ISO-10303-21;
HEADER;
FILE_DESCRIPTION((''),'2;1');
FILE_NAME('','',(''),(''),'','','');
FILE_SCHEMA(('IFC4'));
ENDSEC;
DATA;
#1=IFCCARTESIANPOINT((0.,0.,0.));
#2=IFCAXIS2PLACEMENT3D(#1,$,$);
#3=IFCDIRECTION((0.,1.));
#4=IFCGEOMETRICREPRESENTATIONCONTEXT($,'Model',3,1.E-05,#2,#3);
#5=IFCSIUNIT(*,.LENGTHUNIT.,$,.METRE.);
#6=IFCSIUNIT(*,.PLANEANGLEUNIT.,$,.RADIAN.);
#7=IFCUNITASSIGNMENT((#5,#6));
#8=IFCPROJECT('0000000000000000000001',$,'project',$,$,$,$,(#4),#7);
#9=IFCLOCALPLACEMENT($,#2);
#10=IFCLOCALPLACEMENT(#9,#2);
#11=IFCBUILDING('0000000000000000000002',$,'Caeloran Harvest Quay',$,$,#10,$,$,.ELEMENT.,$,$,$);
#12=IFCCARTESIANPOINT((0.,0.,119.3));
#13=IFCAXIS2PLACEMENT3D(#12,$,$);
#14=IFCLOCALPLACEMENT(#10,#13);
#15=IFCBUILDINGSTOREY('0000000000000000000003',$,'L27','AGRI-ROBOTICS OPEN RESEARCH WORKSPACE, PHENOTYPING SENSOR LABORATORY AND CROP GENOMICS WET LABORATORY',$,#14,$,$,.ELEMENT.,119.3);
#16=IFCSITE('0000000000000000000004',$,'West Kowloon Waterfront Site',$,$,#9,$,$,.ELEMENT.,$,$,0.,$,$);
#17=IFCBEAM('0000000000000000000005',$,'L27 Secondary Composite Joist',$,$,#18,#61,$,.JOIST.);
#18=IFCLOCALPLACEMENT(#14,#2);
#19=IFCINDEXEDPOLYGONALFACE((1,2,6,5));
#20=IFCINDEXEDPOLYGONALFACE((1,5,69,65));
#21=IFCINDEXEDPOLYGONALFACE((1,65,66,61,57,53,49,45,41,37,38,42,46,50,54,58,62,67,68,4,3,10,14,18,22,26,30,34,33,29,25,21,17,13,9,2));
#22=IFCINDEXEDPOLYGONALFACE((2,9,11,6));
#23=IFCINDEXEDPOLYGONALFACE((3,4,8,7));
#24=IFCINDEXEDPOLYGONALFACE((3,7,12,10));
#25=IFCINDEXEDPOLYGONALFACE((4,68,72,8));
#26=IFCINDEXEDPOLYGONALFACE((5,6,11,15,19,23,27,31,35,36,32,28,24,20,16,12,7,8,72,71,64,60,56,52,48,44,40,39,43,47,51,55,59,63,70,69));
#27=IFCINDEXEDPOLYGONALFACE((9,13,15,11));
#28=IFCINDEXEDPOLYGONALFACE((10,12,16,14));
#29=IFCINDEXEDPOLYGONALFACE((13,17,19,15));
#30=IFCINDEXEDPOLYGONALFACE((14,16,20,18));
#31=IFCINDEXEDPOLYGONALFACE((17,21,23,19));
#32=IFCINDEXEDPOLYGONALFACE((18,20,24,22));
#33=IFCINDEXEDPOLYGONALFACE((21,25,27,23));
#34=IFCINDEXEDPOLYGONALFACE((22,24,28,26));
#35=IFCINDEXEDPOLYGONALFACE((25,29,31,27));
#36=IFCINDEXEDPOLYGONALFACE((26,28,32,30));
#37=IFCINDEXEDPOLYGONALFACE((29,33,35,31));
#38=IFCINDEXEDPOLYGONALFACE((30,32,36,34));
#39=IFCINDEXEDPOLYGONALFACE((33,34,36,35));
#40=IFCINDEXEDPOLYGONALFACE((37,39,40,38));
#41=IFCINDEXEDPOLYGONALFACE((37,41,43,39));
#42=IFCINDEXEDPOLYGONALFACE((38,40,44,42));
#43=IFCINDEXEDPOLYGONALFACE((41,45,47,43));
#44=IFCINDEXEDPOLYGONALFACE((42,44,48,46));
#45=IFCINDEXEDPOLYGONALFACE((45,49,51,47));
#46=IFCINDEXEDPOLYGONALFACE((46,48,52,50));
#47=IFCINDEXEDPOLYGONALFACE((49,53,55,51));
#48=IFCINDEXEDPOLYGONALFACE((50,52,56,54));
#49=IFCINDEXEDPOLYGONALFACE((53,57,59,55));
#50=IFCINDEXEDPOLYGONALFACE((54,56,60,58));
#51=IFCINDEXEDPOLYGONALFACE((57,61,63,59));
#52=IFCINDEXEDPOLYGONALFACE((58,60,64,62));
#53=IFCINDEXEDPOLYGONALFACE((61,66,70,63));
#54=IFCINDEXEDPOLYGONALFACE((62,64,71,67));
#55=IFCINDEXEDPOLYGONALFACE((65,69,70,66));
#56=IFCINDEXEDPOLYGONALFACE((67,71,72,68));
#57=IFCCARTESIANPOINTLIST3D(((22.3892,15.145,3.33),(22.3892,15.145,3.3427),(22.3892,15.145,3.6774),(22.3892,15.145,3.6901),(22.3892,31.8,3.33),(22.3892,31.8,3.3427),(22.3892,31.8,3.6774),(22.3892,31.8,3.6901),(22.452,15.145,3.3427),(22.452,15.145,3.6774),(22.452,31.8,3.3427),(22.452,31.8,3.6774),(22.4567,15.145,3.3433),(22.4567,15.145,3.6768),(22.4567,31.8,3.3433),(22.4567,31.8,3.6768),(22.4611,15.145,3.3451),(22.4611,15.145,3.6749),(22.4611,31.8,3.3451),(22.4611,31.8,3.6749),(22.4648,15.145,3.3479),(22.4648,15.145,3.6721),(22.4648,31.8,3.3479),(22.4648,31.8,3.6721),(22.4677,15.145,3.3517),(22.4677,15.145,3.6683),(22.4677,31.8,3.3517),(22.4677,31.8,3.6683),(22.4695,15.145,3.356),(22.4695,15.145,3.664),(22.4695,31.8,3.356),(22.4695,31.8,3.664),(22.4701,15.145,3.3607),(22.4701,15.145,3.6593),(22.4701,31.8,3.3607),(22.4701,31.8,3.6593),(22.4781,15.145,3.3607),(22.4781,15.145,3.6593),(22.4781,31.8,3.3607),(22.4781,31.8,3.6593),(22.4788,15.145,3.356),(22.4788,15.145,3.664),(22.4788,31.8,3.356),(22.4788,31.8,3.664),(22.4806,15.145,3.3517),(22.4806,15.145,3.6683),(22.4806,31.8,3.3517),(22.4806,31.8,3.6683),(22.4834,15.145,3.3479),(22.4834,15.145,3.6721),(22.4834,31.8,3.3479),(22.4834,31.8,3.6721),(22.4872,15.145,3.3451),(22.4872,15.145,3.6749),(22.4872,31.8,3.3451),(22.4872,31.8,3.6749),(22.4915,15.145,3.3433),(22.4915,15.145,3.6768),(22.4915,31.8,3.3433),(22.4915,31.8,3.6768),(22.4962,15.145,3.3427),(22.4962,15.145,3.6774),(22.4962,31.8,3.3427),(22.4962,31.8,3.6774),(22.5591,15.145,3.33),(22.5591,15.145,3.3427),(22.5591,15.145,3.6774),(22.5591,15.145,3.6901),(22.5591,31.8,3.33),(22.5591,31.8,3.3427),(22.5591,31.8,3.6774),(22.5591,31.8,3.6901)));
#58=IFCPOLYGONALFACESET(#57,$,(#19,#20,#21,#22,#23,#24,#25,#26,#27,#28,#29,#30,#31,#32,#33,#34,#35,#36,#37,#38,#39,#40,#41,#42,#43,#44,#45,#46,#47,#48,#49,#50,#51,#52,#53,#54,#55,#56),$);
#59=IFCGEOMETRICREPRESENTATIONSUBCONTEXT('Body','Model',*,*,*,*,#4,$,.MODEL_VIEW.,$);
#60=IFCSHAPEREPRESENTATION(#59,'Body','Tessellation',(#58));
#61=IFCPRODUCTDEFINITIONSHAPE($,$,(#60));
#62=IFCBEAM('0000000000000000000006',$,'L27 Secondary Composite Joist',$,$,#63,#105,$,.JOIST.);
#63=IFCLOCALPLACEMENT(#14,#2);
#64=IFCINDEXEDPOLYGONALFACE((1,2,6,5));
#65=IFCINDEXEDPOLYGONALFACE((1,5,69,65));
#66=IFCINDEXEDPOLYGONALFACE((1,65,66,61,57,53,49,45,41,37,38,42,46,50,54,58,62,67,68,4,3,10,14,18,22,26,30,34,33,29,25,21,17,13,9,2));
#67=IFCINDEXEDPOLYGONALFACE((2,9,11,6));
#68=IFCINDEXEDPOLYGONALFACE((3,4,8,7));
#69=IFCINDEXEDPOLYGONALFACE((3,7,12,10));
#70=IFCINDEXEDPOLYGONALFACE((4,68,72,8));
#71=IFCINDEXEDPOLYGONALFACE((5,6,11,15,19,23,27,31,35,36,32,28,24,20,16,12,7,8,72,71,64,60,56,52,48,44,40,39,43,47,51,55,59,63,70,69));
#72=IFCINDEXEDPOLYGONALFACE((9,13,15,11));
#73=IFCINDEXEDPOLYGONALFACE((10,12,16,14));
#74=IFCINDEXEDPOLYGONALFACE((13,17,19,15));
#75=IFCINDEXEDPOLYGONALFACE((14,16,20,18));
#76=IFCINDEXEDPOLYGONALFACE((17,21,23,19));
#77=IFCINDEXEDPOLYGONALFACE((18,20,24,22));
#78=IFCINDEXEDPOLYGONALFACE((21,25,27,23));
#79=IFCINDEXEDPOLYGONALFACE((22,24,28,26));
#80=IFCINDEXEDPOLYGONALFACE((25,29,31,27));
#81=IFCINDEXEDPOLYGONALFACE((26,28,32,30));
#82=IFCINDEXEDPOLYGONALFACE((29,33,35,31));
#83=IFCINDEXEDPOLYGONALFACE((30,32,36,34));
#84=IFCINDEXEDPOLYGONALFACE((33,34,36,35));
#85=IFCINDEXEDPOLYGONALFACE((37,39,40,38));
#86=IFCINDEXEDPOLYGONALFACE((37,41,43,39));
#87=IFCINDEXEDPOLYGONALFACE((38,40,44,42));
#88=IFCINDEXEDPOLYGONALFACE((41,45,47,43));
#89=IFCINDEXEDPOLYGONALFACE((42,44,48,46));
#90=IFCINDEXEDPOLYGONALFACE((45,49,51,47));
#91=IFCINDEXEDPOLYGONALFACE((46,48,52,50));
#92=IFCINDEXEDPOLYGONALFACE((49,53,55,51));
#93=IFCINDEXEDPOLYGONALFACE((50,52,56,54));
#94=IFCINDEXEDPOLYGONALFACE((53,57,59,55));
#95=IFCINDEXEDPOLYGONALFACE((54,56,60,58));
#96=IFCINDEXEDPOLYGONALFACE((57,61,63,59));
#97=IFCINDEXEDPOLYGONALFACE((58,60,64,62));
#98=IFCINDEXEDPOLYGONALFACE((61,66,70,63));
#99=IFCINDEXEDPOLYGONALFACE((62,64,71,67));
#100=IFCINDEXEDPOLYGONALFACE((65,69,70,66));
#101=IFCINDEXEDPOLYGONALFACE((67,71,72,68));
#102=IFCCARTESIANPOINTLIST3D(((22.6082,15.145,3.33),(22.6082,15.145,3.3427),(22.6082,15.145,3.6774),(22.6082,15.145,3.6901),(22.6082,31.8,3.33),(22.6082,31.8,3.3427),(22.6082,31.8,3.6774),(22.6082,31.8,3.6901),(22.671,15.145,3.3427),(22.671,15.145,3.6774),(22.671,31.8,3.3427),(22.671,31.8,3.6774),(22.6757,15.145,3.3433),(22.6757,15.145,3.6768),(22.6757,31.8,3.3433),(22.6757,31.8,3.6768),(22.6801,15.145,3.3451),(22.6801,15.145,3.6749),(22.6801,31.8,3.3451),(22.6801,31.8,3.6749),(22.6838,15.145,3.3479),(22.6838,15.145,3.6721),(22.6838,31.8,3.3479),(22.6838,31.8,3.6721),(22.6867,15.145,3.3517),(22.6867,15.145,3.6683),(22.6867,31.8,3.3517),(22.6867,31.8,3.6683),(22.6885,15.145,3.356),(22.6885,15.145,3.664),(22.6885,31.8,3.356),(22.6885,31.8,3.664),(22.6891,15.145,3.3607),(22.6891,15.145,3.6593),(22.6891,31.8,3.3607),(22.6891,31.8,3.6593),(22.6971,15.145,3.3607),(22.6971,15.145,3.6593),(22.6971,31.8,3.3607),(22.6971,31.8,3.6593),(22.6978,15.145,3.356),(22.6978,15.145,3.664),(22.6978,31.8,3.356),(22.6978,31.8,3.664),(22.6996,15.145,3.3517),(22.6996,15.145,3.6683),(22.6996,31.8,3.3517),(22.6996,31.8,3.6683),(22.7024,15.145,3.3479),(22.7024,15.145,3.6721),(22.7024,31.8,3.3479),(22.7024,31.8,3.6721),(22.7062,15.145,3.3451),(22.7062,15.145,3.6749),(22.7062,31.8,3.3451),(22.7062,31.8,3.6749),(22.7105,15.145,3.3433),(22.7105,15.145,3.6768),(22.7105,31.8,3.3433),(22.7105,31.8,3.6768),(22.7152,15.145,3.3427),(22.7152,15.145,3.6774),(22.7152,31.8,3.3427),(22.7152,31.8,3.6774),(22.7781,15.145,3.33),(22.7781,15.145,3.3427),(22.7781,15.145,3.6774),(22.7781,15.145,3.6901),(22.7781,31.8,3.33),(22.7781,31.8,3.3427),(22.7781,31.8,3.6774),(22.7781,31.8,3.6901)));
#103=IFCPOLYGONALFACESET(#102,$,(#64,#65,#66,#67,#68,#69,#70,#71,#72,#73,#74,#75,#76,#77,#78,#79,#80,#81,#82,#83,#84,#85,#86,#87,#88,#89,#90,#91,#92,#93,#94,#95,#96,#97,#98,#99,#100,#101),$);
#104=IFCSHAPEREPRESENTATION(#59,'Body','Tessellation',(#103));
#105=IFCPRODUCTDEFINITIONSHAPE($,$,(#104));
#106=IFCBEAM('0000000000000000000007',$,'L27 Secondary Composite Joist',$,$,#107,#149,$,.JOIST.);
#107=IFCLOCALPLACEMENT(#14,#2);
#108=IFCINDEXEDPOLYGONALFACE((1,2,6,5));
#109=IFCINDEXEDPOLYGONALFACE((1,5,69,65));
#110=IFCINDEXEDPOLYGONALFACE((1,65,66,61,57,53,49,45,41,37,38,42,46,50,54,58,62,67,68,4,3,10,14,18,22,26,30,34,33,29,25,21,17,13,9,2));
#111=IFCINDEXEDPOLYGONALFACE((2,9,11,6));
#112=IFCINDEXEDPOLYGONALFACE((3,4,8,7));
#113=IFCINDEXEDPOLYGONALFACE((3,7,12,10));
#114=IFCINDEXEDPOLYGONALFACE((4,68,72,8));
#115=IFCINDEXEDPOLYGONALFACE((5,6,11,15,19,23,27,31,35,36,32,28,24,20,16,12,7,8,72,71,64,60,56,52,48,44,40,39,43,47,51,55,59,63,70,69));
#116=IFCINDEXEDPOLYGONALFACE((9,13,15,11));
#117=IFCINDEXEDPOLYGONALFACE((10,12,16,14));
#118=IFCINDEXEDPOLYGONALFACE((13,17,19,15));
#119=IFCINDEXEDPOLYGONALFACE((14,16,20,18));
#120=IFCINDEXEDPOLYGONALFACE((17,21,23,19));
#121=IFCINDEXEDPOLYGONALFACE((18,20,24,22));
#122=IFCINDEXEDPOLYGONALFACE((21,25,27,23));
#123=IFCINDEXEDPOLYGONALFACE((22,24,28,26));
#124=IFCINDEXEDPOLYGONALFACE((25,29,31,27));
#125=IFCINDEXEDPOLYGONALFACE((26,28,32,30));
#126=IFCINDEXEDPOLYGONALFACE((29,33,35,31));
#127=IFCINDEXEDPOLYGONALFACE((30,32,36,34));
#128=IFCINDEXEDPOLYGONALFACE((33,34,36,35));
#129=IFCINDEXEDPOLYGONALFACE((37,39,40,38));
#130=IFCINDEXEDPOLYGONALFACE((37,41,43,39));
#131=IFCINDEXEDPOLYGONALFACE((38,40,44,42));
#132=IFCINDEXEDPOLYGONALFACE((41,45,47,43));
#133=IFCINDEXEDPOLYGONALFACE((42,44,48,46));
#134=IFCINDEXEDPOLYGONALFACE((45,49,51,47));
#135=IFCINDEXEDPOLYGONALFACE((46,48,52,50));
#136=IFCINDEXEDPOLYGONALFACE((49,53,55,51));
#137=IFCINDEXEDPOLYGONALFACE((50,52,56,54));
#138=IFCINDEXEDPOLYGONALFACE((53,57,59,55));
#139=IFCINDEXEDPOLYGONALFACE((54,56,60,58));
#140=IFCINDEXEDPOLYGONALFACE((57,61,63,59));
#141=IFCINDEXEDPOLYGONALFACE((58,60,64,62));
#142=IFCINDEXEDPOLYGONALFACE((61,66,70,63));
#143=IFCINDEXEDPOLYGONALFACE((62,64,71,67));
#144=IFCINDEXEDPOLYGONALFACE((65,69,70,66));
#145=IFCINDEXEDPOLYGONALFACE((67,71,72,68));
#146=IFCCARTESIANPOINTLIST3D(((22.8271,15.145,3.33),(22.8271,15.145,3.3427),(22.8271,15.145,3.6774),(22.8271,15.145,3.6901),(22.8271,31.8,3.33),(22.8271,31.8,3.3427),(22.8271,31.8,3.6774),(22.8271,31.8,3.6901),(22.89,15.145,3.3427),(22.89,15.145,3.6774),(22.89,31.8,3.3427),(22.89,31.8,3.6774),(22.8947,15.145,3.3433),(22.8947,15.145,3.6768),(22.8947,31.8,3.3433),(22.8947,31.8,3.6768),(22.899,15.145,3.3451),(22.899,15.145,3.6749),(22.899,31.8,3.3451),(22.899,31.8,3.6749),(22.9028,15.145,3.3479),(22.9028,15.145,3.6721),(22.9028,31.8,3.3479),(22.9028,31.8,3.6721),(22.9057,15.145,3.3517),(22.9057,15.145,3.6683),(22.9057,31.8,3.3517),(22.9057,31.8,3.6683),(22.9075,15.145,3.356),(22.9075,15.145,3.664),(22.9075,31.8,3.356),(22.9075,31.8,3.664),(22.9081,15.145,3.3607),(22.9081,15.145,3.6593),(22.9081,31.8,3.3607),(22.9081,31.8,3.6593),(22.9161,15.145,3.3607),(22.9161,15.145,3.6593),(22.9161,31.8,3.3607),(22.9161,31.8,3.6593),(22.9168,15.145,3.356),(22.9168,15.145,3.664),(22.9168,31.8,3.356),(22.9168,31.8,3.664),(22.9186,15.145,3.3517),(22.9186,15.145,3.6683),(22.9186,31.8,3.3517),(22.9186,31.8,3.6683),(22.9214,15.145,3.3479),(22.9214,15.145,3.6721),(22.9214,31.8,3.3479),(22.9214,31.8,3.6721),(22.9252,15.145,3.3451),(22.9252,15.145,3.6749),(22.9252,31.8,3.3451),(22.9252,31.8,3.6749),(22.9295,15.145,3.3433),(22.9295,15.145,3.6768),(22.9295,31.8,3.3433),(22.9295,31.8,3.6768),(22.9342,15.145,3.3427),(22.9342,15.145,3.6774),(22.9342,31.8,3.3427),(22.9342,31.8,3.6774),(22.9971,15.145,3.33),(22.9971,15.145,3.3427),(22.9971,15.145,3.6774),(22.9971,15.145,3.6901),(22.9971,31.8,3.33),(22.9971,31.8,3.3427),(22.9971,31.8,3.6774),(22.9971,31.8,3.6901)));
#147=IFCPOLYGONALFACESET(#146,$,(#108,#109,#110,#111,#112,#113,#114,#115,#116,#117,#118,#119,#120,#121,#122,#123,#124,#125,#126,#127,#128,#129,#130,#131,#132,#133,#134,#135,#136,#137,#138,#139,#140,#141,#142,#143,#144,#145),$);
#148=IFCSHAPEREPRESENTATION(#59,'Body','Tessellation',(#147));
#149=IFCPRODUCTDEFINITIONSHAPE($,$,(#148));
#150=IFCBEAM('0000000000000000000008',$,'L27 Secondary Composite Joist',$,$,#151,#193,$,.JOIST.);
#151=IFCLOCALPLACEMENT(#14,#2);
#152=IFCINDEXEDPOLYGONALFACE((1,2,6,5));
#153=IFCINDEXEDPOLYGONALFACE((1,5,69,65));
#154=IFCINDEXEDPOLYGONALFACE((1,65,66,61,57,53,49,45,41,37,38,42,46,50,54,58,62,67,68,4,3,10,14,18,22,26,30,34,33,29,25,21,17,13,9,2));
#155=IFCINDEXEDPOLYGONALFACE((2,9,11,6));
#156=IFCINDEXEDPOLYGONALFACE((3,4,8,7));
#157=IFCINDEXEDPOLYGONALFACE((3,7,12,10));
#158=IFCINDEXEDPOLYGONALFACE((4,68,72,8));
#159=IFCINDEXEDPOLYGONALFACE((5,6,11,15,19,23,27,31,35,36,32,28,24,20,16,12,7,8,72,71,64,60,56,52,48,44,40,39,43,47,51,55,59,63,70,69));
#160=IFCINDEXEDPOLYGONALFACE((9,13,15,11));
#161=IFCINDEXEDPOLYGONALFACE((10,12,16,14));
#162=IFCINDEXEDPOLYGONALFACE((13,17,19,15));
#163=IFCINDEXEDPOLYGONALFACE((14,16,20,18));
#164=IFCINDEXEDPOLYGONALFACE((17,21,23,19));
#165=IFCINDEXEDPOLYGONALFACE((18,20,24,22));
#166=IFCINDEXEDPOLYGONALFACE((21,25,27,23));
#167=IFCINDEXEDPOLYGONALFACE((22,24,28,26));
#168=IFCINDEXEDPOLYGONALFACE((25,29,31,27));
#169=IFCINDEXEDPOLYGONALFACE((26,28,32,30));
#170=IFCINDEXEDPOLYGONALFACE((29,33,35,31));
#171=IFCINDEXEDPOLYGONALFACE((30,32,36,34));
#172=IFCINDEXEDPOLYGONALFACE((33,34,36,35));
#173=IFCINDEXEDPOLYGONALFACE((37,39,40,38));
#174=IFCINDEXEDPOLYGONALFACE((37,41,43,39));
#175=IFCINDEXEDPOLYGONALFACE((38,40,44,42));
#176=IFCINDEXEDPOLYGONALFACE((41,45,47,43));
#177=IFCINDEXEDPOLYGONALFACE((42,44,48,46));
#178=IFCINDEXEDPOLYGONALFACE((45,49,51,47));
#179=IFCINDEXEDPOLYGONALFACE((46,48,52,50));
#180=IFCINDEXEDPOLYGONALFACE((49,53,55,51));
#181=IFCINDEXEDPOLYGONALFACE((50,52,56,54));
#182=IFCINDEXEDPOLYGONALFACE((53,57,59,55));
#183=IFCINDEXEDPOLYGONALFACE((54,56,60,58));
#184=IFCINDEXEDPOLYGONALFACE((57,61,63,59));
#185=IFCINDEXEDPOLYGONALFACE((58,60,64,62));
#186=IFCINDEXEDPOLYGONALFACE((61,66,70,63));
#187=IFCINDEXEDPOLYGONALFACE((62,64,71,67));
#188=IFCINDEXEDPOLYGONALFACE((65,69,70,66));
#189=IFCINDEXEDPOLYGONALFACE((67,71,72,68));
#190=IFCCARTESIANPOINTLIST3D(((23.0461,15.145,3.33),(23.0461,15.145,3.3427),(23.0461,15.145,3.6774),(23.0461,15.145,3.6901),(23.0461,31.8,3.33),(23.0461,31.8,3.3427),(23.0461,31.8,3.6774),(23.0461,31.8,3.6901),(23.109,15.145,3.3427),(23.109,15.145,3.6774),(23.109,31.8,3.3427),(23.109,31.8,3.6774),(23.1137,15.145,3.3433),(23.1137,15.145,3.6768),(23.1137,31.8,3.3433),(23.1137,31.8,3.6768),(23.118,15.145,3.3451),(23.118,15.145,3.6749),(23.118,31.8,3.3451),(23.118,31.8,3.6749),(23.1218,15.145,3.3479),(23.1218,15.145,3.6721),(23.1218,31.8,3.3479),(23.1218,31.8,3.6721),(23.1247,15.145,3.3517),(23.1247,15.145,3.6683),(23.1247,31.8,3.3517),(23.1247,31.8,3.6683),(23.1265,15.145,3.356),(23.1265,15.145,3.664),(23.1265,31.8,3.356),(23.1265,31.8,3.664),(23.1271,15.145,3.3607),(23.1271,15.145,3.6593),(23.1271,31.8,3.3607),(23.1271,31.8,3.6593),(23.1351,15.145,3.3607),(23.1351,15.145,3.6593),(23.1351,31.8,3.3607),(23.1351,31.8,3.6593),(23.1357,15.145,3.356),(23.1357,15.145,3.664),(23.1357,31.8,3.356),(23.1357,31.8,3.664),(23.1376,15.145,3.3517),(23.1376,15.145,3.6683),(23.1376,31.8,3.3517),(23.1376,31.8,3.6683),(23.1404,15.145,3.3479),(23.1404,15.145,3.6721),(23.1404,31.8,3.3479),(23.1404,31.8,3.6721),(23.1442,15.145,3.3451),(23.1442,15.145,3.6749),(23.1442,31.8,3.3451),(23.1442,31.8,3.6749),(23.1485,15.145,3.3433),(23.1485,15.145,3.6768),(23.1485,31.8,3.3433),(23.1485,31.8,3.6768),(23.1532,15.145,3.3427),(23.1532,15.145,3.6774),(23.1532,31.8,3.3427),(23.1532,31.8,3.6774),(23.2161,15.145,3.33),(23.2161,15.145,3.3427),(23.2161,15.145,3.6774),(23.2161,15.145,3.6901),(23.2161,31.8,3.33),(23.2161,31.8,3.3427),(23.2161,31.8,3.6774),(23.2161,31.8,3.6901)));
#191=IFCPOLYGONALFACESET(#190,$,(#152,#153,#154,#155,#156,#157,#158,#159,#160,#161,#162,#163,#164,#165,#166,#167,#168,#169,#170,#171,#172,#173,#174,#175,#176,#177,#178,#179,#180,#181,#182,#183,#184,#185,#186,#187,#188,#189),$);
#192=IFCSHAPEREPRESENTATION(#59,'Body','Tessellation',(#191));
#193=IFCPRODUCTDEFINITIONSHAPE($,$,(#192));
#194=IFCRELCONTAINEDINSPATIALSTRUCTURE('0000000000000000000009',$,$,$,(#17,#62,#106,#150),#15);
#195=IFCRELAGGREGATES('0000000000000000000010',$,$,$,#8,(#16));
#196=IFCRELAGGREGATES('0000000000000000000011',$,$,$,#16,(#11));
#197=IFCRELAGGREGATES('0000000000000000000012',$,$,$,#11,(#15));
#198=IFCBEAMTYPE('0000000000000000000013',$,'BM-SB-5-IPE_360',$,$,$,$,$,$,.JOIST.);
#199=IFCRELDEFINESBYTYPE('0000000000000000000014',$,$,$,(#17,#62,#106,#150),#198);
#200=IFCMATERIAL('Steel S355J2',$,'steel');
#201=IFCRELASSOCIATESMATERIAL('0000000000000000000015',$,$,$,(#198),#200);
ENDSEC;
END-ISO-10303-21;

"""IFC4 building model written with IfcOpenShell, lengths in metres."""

from ifc_helpers import new_model, si_unit, direction, frame, origin, origin_2d, place, context, subcontext, project, spatial, i_section, extrude, material, material_profile, profile_set, type_object, element, save


model = new_model("IFC4")

# Units and contexts
model_context = context("Model", 3, precision=1e-05, world=origin(), true_north=direction((0.0, 1.0)))
body_context = subcontext(model_context, "Body", "Model", "MODEL_VIEW")
ifc_project = project(units=[si_unit("LENGTHUNIT", "METRE"), si_unit("PLANEANGLEUNIT", "RADIAN")], contexts=[model_context])

# Site, building, storey
site_placement = place(None, origin())
site = spatial("IfcSite", under=ifc_project, at=site_placement, Name="West Kowloon Waterfront Site", CompositionType="ELEMENT", RefElevation=0.0)
building_placement = place(site_placement, origin())
building = spatial("IfcBuilding", under=site, at=building_placement, Name="Caeloran Harvest Quay", CompositionType="ELEMENT")
storey_placement = place(building_placement, frame((0.0, 0.0, 119.3)))
storey = spatial("IfcBuildingStorey", under=building, at=storey_placement, Name="L27", Description="AGRI-ROBOTICS OPEN RESEARCH WORKSPACE, PHENOTYPING SENSOR LABORATORY AND CROP GENOMICS WET LABORATORY", CompositionType="ELEMENT", Elevation=119.3)

# Beams
ifc_material_1 = material(Name="Steel S355J2", Category="steel")
ifc_material_profile_1 = material_profile(ifc_material_1, i_section(OverallWidth=0.1699, OverallDepth=0.3601, WebThickness=0.0081, FlangeThickness=0.0127, FilletRadius=0.0181, at=origin_2d()), Name="IPE 360")
ifc_profile_set_1 = profile_set([ifc_material_profile_1], Name="Steel S355J2")
beam_type_1 = type_object("IfcBeamType", Name="BM-SB-5-IPE_360", PredefinedType="JOIST", material=ifc_profile_set_1)
for number, where, z_axis, x_axis, name in (
    (1, (22.4741, 15.145, 3.51), (0.0, 1.0, 0.0), (-1.0, 0.0, 0.0), "L27 Secondary Composite Joist"),
    (2, (22.6931, 15.145, 3.51), (0.0, 1.0, 0.0), (-1.0, 0.0, 0.0), "L27 Secondary Composite Joist"),
    (3, (22.9121, 15.145, 3.51), (0.0, 1.0, 0.0), (-1.0, 0.0, 0.0), "L27 Secondary Composite Joist"),
    (4, (23.1311, 15.145, 3.51), (0.0, 1.0, 0.0), (-1.0, 0.0, 0.0), "L27 Secondary Composite Joist"),
):
    element("IfcBeam", number, at=place(storey_placement, frame(where, z_axis=z_axis, x_axis=x_axis)), inside=storey, type_object=beam_type_1, Name=name, PredefinedType="JOIST", context=body_context, shape_type="SweptSolid", body=[
        extrude(i_section(OverallWidth=0.1699, OverallDepth=0.3601, WebThickness=0.0081, FlangeThickness=0.0127, FilletRadius=0.0181, at=origin_2d()), origin(), (0.0, 0.0, 1.0), 16.655),
    ])

save(model, "model.ifc")
